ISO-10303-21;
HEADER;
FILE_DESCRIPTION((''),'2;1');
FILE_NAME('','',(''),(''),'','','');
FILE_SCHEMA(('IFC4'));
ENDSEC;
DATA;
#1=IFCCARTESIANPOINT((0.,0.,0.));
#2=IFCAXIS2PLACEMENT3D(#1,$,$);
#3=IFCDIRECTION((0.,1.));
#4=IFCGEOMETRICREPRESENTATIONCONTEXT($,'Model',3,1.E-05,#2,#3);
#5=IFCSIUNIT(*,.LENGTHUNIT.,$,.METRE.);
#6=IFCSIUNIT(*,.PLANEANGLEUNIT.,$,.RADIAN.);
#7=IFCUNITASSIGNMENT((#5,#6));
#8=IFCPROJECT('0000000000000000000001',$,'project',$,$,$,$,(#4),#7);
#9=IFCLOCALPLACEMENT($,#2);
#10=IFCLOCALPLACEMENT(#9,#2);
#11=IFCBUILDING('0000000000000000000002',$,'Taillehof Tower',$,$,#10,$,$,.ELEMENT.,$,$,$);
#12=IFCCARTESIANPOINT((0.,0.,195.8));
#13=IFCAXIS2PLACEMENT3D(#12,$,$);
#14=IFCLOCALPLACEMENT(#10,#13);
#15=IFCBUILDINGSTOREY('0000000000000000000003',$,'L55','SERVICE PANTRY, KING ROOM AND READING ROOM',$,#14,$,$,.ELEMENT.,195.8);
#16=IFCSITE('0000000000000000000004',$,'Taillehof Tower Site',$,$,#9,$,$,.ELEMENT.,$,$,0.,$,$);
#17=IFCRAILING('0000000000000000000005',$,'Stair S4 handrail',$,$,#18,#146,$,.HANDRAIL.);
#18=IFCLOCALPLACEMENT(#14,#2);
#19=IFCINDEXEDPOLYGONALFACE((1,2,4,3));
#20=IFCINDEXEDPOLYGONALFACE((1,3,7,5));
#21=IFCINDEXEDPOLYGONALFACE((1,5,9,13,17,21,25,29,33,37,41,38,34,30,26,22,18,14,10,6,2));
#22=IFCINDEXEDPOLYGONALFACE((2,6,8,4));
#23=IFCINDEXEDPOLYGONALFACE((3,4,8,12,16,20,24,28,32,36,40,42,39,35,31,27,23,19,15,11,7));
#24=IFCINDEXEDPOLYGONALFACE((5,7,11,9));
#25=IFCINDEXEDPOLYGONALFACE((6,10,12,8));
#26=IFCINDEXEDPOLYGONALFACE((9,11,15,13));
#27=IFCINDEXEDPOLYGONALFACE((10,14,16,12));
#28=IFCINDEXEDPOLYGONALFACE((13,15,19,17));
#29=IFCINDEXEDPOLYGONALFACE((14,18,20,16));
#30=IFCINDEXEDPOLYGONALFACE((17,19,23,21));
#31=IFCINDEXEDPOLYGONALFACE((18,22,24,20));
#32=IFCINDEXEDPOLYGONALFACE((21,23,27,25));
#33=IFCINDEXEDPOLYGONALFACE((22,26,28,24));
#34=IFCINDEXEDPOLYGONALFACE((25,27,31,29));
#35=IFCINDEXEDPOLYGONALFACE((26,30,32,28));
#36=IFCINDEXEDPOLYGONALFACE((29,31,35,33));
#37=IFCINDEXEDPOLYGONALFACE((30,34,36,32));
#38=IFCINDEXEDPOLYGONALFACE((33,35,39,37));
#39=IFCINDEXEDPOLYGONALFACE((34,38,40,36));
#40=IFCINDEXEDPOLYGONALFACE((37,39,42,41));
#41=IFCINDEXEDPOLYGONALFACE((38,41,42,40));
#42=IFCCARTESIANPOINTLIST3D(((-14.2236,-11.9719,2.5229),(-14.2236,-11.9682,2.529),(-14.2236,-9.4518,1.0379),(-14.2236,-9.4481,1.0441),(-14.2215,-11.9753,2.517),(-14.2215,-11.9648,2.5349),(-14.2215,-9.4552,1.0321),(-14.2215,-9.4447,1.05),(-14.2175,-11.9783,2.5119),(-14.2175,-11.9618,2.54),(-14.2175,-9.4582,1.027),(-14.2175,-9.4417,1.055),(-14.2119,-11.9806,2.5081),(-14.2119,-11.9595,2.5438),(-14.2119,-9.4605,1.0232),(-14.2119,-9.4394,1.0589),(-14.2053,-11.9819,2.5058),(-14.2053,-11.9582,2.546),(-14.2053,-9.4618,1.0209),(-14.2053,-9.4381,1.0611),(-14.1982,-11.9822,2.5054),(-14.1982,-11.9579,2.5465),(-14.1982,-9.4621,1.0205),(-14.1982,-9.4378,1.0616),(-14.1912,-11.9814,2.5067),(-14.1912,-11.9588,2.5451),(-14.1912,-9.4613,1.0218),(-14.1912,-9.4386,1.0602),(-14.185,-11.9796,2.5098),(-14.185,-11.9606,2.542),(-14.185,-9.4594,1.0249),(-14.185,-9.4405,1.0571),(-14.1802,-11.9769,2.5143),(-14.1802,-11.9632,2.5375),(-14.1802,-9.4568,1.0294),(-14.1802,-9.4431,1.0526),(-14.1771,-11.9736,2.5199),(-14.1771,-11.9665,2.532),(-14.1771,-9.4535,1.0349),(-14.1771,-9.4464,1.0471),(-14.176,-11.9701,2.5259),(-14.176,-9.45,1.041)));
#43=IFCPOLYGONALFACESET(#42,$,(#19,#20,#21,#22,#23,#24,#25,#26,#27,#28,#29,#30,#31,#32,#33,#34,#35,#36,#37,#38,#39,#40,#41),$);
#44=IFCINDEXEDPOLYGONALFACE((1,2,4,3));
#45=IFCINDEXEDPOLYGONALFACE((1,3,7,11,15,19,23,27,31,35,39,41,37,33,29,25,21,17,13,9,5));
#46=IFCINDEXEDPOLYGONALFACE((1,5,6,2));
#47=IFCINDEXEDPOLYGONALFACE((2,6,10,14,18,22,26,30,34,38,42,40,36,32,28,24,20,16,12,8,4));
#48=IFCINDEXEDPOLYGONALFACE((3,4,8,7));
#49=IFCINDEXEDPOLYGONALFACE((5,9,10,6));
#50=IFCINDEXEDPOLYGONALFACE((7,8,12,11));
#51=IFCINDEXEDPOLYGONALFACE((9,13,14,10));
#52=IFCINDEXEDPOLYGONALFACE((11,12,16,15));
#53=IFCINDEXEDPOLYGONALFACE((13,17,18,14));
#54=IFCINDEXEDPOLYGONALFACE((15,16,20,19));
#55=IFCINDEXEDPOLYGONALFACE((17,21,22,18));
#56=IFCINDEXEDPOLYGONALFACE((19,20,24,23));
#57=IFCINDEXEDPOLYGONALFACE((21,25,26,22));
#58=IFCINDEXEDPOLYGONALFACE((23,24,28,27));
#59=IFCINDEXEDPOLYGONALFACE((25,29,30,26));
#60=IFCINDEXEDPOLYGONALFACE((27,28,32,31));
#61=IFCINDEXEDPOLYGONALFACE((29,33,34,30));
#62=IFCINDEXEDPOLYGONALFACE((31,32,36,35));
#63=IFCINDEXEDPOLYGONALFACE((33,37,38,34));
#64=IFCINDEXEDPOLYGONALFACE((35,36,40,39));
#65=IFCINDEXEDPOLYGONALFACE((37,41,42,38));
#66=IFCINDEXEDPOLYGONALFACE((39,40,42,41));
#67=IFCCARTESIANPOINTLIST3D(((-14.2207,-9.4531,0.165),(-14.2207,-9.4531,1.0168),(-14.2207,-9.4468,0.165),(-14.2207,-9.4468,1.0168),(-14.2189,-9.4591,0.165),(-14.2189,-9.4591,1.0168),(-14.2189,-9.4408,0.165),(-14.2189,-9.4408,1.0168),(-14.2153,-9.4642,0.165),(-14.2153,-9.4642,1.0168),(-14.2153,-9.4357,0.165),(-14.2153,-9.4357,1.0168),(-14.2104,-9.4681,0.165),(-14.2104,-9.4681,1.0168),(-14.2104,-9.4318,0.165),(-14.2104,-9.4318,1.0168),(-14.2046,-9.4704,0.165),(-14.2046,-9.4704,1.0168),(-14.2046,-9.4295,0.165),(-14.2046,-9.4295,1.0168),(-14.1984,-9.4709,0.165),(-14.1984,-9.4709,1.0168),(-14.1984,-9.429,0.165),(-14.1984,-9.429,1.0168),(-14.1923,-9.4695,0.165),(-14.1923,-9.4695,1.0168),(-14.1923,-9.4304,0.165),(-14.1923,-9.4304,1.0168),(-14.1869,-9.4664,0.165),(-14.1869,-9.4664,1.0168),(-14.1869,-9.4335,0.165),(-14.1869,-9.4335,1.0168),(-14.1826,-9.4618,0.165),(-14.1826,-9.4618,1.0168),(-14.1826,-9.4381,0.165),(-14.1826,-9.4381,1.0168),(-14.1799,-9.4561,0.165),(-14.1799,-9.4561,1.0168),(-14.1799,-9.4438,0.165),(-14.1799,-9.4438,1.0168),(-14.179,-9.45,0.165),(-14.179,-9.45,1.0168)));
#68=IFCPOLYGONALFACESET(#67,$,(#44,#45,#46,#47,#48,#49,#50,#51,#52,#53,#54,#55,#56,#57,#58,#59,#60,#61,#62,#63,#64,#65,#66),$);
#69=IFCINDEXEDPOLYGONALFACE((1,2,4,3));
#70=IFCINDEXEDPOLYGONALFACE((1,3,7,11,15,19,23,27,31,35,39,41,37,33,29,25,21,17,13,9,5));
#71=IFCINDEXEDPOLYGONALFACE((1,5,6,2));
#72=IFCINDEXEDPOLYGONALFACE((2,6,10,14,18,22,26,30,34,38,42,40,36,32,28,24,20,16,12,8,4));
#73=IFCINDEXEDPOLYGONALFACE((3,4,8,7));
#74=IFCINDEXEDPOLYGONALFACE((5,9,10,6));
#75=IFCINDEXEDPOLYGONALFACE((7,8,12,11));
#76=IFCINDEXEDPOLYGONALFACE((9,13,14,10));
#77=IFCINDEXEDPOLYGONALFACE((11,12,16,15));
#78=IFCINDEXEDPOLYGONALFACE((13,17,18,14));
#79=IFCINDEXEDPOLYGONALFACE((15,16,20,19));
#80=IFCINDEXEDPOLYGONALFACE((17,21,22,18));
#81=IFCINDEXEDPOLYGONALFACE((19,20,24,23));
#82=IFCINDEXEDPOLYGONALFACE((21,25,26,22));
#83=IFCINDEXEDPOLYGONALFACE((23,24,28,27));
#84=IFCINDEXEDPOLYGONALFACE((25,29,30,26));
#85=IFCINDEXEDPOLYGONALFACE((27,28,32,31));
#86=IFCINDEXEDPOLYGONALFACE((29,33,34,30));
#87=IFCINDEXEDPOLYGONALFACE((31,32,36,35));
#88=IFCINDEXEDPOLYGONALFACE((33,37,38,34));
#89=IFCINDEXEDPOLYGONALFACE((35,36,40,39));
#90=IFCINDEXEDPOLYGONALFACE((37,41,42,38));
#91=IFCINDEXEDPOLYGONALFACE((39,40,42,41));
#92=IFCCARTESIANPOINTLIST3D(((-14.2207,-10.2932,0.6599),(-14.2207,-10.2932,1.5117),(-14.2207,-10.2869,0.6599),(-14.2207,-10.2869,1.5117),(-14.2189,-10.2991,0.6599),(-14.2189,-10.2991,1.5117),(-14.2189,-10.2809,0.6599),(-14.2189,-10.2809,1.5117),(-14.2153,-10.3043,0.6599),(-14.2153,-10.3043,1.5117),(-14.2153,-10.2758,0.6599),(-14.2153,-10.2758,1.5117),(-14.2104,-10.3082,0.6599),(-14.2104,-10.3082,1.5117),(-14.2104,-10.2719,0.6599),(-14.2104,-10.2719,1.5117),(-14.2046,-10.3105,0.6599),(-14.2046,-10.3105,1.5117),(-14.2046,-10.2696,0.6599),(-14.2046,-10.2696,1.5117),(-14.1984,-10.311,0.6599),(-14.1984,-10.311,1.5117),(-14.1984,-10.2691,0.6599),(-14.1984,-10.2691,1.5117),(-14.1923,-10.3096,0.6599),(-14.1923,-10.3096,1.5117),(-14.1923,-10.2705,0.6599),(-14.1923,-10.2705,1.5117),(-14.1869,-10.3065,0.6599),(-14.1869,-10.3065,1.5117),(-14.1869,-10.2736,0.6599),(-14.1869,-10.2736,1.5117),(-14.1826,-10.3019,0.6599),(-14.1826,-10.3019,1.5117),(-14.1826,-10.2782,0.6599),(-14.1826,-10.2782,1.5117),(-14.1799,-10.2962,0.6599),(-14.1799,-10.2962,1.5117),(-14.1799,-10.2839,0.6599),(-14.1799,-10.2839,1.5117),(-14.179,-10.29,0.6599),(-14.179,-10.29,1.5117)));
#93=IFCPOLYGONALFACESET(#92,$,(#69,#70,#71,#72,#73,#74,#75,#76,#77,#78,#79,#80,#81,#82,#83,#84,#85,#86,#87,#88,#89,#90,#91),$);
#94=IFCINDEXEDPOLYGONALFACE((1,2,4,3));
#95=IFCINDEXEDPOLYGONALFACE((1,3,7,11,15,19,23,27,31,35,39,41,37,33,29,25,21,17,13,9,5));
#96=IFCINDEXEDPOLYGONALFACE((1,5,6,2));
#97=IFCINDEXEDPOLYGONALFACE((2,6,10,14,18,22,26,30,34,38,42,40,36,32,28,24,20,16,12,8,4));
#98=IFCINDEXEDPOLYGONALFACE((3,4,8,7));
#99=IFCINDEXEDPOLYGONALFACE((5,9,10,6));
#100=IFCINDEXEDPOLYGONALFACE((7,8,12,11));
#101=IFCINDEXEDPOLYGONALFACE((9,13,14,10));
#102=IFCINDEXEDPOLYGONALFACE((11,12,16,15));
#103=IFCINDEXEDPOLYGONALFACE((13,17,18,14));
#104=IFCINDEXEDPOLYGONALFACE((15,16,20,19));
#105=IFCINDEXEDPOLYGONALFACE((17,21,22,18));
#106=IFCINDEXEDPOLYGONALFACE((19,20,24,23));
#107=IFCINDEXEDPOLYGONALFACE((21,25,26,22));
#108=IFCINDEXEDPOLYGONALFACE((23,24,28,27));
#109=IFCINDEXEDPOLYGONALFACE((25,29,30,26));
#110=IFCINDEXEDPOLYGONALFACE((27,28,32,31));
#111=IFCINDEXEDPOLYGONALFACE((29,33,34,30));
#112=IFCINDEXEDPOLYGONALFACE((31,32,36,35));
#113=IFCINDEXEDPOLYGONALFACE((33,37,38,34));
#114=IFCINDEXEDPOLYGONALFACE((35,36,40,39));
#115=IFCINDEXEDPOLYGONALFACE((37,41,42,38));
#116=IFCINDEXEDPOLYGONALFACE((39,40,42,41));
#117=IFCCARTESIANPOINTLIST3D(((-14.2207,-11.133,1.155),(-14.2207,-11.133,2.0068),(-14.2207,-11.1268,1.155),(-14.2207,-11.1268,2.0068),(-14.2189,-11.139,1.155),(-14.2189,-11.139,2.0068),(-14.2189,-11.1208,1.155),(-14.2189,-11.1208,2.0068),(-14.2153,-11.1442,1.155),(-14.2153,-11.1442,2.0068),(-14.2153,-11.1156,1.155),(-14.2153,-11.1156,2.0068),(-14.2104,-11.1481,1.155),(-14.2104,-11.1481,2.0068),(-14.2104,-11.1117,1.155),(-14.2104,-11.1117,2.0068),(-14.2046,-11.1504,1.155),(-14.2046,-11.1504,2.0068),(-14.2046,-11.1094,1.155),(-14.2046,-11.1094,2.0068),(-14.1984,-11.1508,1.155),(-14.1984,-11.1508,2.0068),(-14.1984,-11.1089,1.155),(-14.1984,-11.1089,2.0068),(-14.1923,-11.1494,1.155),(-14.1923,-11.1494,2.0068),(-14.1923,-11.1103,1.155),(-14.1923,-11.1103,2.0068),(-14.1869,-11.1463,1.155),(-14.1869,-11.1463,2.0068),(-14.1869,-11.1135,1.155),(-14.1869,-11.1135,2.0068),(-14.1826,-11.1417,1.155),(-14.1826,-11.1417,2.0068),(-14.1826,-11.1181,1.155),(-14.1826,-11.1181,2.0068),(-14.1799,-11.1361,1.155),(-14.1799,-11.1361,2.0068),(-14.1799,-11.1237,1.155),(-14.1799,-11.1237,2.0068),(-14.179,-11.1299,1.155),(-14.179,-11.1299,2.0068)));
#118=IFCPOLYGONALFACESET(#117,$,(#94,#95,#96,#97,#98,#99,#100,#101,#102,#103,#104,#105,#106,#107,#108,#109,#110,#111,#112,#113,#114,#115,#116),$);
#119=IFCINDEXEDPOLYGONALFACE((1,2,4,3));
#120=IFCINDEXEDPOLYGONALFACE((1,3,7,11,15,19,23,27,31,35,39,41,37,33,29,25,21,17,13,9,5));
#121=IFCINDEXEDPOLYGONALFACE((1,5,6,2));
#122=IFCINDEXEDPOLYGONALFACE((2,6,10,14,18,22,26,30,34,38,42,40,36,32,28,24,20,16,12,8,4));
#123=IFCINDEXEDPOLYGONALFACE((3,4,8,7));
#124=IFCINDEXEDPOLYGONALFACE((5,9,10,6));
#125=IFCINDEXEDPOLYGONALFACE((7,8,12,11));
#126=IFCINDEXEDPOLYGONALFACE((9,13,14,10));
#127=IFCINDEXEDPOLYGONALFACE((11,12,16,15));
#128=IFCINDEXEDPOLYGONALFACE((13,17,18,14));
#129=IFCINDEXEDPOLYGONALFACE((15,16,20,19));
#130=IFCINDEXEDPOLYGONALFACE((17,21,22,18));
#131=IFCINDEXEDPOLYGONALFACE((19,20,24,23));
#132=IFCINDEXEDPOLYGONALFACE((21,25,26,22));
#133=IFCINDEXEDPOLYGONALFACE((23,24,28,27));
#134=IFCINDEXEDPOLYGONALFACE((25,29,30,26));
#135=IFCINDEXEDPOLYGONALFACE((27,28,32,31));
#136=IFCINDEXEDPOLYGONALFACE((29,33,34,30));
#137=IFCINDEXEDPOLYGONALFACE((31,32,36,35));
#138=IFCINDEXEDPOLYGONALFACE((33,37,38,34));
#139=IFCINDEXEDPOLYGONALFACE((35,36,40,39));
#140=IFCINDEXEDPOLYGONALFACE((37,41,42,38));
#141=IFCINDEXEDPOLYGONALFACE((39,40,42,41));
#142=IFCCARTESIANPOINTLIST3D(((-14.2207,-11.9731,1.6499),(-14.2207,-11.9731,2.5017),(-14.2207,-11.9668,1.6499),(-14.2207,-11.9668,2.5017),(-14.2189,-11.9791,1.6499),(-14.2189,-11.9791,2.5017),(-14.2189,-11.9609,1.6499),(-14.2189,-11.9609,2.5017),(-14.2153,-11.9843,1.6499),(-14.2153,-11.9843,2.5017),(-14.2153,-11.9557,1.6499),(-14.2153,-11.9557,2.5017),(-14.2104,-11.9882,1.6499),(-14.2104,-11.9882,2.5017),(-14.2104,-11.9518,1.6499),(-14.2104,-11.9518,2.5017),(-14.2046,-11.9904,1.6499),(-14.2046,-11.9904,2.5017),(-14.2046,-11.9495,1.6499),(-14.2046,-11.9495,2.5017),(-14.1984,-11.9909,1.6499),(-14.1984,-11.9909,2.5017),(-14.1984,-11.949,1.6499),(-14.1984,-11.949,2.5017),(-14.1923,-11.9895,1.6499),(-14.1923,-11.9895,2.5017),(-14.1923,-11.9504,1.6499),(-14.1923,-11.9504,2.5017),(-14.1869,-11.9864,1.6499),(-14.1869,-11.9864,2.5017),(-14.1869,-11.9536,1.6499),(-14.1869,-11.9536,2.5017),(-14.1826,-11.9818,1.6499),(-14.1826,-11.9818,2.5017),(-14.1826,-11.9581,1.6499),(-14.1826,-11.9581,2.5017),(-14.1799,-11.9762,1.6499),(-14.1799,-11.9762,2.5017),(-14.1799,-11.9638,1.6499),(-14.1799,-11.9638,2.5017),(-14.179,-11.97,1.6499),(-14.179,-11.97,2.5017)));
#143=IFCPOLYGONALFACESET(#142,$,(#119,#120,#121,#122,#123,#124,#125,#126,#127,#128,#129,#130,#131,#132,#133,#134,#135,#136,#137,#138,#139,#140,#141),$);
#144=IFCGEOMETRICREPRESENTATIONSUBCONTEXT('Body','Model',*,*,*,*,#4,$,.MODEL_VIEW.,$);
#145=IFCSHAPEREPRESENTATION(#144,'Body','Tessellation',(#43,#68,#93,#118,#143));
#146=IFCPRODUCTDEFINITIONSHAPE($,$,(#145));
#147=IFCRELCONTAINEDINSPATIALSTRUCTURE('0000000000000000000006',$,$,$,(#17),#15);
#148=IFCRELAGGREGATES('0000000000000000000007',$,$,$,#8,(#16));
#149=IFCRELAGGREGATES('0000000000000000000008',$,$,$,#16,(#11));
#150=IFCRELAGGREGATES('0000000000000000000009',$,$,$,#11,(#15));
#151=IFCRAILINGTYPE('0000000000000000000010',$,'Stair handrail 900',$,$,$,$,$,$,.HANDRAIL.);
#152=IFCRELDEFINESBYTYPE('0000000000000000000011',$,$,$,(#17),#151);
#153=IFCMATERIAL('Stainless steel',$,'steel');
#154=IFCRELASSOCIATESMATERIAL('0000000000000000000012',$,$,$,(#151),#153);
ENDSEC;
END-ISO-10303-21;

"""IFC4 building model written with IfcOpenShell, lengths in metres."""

from ifc_helpers import new_model, si_unit, direction, frame, origin, origin_2d, place, context, subcontext, project, spatial, circle, extrude, material, type_object, element, save


model = new_model("IFC4")

# Units and contexts
model_context = context("Model", 3, precision=1e-05, world=origin(), true_north=direction((0.0, 1.0)))
body_context = subcontext(model_context, "Body", "Model", "MODEL_VIEW")
ifc_project = project(units=[si_unit("LENGTHUNIT", "METRE"), si_unit("PLANEANGLEUNIT", "RADIAN")], contexts=[model_context])

# Site, building, storey
site_placement = place(None, origin())
site = spatial("IfcSite", under=ifc_project, at=site_placement, Name="Taillehof Tower Site", CompositionType="ELEMENT", RefElevation=0.0)
building_placement = place(site_placement, origin())
building = spatial("IfcBuilding", under=site, at=building_placement, Name="Taillehof Tower", CompositionType="ELEMENT")
storey_placement = place(building_placement, frame((0.0, 0.0, 195.8)))
storey = spatial("IfcBuildingStorey", under=building, at=storey_placement, Name="L55", Description="SERVICE PANTRY, KING ROOM AND READING ROOM", CompositionType="ELEMENT", Elevation=195.8)

# Railing
ifc_material_1 = material(Name="Stainless steel", Category="steel")
railing_type = type_object("IfcRailingType", Name="Stair handrail 900", PredefinedType="HANDRAIL", material=ifc_material_1)
railing_placement = place(storey_placement, frame((-14.2, -9.45, 0.165)))
element("IfcRailing", 1, at=railing_placement, inside=storey, type_object=railing_type, Name="Stair S4 handrail", PredefinedType="HANDRAIL", context=body_context, shape_type="SweptSolid", body=[
    extrude(circle(Radius=0.0239, at=origin_2d()), frame((0.0, 0.0, 0.876), z_axis=(0.0, -0.861561, 0.507655), x_axis=(1.0, 0.0, 0.0)), (0.0, 0.0, 1.0), 2.925),
    extrude(circle(Radius=0.021, at=origin_2d()), origin(), (0.0, 0.0, 1.0), 0.8518),
    extrude(circle(Radius=0.021, at=origin_2d()), frame((0.0, -0.8401, 0.4949)), (0.0, 0.0, 1.0), 0.8518),
    extrude(circle(Radius=0.021, at=origin_2d()), frame((0.0, -1.6799, 0.99)), (0.0, 0.0, 1.0), 0.8518),
    extrude(circle(Radius=0.021, at=origin_2d()), frame((0.0, -2.52, 1.4849)), (0.0, 0.0, 1.0), 0.8518),
])

save(model, "model.ifc")
